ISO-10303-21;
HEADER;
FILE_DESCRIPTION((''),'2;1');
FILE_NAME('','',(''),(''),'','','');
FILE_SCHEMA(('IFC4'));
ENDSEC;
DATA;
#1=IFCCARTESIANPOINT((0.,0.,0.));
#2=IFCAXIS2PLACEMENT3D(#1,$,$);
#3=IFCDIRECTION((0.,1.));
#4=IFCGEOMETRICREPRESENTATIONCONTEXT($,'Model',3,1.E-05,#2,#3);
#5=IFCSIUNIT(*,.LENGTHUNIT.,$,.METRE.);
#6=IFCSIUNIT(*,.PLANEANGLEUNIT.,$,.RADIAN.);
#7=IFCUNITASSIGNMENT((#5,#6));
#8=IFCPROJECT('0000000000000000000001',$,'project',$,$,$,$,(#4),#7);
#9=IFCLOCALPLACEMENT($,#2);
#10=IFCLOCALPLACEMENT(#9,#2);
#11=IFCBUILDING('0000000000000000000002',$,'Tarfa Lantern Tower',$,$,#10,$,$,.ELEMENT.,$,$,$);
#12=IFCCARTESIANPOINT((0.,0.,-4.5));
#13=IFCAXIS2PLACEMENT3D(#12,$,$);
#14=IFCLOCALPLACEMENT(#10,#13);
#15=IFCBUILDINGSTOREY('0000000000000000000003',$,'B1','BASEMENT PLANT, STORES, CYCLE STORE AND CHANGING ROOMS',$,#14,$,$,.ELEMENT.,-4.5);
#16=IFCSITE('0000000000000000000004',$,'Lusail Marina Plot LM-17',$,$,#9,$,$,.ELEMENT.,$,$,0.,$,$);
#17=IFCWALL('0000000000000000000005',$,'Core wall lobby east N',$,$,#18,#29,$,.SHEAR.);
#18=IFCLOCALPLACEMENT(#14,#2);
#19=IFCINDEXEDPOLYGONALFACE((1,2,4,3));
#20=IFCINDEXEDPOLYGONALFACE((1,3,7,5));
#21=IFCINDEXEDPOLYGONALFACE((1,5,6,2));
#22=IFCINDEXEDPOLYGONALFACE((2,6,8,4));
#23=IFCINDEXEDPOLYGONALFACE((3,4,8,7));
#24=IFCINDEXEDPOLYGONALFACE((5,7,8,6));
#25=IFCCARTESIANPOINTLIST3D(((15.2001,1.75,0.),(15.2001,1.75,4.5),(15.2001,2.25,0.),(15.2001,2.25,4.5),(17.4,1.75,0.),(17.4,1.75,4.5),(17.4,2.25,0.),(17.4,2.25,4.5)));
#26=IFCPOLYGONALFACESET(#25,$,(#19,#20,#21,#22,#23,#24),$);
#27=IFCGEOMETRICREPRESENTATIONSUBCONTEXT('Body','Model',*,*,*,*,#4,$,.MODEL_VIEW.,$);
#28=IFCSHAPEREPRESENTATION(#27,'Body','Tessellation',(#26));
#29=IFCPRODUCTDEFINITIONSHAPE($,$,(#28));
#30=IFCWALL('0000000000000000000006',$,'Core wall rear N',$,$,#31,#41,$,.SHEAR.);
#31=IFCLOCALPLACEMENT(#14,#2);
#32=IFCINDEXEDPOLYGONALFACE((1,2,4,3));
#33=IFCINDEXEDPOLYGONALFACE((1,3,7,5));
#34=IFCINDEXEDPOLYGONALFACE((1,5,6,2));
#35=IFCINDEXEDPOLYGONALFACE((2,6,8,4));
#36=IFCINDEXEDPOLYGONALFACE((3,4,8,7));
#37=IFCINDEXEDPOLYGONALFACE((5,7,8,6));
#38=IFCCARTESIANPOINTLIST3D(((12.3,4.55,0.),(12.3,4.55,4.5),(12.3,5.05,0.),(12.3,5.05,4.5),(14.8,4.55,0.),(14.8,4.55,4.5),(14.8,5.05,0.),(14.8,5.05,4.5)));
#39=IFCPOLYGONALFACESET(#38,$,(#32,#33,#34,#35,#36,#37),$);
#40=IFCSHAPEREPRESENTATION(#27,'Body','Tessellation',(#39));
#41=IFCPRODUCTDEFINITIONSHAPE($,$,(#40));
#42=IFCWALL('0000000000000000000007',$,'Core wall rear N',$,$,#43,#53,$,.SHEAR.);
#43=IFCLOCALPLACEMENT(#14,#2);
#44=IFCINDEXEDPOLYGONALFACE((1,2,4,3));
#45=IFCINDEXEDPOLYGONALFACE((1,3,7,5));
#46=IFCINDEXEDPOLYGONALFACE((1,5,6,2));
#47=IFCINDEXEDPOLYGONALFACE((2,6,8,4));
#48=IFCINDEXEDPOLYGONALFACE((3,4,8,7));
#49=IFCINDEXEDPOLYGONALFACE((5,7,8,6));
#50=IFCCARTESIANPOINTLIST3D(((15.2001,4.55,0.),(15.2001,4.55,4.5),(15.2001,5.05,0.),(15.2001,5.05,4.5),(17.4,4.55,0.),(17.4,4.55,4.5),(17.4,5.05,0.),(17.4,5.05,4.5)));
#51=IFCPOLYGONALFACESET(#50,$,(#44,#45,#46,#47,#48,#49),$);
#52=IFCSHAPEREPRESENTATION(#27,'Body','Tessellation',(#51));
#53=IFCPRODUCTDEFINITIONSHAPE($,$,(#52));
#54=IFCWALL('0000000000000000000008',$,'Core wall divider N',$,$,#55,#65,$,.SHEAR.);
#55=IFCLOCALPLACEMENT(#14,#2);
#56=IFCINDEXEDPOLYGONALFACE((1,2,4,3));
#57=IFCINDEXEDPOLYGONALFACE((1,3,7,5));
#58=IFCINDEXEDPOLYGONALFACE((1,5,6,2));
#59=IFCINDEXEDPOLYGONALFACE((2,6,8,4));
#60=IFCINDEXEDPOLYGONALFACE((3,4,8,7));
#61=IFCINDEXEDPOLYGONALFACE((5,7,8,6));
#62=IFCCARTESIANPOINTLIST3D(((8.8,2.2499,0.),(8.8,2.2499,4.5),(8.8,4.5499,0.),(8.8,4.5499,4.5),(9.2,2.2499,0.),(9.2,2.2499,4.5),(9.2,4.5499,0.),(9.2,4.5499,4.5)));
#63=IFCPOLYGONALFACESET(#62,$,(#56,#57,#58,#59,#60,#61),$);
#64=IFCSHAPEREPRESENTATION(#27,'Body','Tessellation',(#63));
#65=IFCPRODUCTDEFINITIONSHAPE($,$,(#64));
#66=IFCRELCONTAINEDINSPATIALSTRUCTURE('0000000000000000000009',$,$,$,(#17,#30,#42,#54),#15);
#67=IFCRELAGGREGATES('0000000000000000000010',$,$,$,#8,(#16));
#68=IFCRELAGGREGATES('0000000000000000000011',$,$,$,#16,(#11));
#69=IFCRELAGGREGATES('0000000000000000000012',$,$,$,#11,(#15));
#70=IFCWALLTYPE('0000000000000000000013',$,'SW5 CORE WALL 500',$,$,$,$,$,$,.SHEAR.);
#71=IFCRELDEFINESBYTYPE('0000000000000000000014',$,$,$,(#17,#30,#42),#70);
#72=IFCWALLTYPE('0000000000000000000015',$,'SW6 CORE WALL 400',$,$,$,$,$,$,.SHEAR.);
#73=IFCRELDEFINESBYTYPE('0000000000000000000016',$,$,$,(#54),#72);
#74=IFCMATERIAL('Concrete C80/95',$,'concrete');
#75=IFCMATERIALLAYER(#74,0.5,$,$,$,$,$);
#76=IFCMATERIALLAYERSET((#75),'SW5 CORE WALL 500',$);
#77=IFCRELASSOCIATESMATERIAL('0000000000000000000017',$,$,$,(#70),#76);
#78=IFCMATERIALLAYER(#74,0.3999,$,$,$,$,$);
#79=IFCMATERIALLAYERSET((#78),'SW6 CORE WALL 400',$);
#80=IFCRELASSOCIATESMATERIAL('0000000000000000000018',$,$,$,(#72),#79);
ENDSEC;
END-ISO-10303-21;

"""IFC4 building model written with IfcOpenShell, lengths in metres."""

from ifc_helpers import new_model, si_unit, direction, frame, frame_2d, origin, place, context, subcontext, project, spatial, rectangle, extrude, material, layer, layer_set, type_object, element, save


model = new_model("IFC4")

# Units and contexts
model_context = context("Model", 3, precision=1e-05, world=origin(), true_north=direction((0.0, 1.0)))
body_context = subcontext(model_context, "Body", "Model", "MODEL_VIEW")
ifc_project = project(units=[si_unit("LENGTHUNIT", "METRE"), si_unit("PLANEANGLEUNIT", "RADIAN")], contexts=[model_context])

# Site, building, storey
site_placement = place(None, origin())
site = spatial("IfcSite", under=ifc_project, at=site_placement, Name="Lusail Marina Plot LM-17", CompositionType="ELEMENT", RefElevation=0.0)
building_placement = place(site_placement, origin())
building = spatial("IfcBuilding", under=site, at=building_placement, Name="Tarfa Lantern Tower", CompositionType="ELEMENT")
storey_placement = place(building_placement, frame((0.0, 0.0, -4.5)))
storey = spatial("IfcBuildingStorey", under=building, at=storey_placement, Name="B1", Description="BASEMENT PLANT, STORES, CYCLE STORE AND CHANGING ROOMS", CompositionType="ELEMENT", Elevation=-4.5)

# Walls
ifc_material_1 = material(Name="Concrete C80/95", Category="concrete")
ifc_layer_1 = layer(ifc_material_1, 0.5)
ifc_layer_set_1 = layer_set([ifc_layer_1], Name="SW5 CORE WALL 500")
wall_type_1 = type_object("IfcWallType", Name="SW5 CORE WALL 500", PredefinedType="SHEAR", material=ifc_layer_set_1)
wall_1_placement = place(storey_placement, frame((15.2, 2.0, 0.0), z_axis=(0.0, 0.0, 1.0), x_axis=(1.0, 0.0, 0.0)))
element("IfcWall", 1, at=wall_1_placement, inside=storey, type_object=wall_type_1, Name="Core wall lobby east N", PredefinedType="SHEAR", context=body_context, shape_type="SweptSolid", body=[
    extrude(rectangle(XDim=2.2, YDim=0.5, at=frame_2d((1.1001, 0.0))), origin(), (0.0, 0.0, 1.0), 4.5),
])
wall_2_placement = place(storey_placement, frame((12.3, 4.8, 0.0), z_axis=(0.0, 0.0, 1.0), x_axis=(1.0, 0.0, 0.0)))
element("IfcWall", 2, at=wall_2_placement, inside=storey, type_object=wall_type_1, Name="Core wall rear N", PredefinedType="SHEAR", context=body_context, shape_type="SweptSolid", body=[
    extrude(rectangle(XDim=2.5, YDim=0.5, at=frame_2d((1.25, 0.0))), origin(), (0.0, 0.0, 1.0), 4.5),
])
wall_3_placement = place(storey_placement, frame((15.2, 4.8, 0.0), z_axis=(0.0, 0.0, 1.0), x_axis=(1.0, 0.0, 0.0)))
element("IfcWall", 3, at=wall_3_placement, inside=storey, type_object=wall_type_1, Name="Core wall rear N", PredefinedType="SHEAR", context=body_context, shape_type="SweptSolid", body=[
    extrude(rectangle(XDim=2.2, YDim=0.5, at=frame_2d((1.1001, 0.0))), origin(), (0.0, 0.0, 1.0), 4.5),
])
ifc_layer_2 = layer(ifc_material_1, 0.3999)
ifc_layer_set_2 = layer_set([ifc_layer_2], Name="SW6 CORE WALL 400")
wall_type_2 = type_object("IfcWallType", Name="SW6 CORE WALL 400", PredefinedType="SHEAR", material=ifc_layer_set_2)
wall_4_placement = place(storey_placement, frame((9.0, 2.25, 0.0), z_axis=(0.0, 0.0, 1.0), x_axis=(0.0, 1.0, 0.0)))
element("IfcWall", 4, at=wall_4_placement, inside=storey, type_object=wall_type_2, Name="Core wall divider N", PredefinedType="SHEAR", context=body_context, shape_type="SweptSolid", body=[
    extrude(rectangle(XDim=2.3, YDim=0.3999, at=frame_2d((1.1499, 0.0))), origin(), (0.0, 0.0, 1.0), 4.5),
])

save(model, "model.ifc")
